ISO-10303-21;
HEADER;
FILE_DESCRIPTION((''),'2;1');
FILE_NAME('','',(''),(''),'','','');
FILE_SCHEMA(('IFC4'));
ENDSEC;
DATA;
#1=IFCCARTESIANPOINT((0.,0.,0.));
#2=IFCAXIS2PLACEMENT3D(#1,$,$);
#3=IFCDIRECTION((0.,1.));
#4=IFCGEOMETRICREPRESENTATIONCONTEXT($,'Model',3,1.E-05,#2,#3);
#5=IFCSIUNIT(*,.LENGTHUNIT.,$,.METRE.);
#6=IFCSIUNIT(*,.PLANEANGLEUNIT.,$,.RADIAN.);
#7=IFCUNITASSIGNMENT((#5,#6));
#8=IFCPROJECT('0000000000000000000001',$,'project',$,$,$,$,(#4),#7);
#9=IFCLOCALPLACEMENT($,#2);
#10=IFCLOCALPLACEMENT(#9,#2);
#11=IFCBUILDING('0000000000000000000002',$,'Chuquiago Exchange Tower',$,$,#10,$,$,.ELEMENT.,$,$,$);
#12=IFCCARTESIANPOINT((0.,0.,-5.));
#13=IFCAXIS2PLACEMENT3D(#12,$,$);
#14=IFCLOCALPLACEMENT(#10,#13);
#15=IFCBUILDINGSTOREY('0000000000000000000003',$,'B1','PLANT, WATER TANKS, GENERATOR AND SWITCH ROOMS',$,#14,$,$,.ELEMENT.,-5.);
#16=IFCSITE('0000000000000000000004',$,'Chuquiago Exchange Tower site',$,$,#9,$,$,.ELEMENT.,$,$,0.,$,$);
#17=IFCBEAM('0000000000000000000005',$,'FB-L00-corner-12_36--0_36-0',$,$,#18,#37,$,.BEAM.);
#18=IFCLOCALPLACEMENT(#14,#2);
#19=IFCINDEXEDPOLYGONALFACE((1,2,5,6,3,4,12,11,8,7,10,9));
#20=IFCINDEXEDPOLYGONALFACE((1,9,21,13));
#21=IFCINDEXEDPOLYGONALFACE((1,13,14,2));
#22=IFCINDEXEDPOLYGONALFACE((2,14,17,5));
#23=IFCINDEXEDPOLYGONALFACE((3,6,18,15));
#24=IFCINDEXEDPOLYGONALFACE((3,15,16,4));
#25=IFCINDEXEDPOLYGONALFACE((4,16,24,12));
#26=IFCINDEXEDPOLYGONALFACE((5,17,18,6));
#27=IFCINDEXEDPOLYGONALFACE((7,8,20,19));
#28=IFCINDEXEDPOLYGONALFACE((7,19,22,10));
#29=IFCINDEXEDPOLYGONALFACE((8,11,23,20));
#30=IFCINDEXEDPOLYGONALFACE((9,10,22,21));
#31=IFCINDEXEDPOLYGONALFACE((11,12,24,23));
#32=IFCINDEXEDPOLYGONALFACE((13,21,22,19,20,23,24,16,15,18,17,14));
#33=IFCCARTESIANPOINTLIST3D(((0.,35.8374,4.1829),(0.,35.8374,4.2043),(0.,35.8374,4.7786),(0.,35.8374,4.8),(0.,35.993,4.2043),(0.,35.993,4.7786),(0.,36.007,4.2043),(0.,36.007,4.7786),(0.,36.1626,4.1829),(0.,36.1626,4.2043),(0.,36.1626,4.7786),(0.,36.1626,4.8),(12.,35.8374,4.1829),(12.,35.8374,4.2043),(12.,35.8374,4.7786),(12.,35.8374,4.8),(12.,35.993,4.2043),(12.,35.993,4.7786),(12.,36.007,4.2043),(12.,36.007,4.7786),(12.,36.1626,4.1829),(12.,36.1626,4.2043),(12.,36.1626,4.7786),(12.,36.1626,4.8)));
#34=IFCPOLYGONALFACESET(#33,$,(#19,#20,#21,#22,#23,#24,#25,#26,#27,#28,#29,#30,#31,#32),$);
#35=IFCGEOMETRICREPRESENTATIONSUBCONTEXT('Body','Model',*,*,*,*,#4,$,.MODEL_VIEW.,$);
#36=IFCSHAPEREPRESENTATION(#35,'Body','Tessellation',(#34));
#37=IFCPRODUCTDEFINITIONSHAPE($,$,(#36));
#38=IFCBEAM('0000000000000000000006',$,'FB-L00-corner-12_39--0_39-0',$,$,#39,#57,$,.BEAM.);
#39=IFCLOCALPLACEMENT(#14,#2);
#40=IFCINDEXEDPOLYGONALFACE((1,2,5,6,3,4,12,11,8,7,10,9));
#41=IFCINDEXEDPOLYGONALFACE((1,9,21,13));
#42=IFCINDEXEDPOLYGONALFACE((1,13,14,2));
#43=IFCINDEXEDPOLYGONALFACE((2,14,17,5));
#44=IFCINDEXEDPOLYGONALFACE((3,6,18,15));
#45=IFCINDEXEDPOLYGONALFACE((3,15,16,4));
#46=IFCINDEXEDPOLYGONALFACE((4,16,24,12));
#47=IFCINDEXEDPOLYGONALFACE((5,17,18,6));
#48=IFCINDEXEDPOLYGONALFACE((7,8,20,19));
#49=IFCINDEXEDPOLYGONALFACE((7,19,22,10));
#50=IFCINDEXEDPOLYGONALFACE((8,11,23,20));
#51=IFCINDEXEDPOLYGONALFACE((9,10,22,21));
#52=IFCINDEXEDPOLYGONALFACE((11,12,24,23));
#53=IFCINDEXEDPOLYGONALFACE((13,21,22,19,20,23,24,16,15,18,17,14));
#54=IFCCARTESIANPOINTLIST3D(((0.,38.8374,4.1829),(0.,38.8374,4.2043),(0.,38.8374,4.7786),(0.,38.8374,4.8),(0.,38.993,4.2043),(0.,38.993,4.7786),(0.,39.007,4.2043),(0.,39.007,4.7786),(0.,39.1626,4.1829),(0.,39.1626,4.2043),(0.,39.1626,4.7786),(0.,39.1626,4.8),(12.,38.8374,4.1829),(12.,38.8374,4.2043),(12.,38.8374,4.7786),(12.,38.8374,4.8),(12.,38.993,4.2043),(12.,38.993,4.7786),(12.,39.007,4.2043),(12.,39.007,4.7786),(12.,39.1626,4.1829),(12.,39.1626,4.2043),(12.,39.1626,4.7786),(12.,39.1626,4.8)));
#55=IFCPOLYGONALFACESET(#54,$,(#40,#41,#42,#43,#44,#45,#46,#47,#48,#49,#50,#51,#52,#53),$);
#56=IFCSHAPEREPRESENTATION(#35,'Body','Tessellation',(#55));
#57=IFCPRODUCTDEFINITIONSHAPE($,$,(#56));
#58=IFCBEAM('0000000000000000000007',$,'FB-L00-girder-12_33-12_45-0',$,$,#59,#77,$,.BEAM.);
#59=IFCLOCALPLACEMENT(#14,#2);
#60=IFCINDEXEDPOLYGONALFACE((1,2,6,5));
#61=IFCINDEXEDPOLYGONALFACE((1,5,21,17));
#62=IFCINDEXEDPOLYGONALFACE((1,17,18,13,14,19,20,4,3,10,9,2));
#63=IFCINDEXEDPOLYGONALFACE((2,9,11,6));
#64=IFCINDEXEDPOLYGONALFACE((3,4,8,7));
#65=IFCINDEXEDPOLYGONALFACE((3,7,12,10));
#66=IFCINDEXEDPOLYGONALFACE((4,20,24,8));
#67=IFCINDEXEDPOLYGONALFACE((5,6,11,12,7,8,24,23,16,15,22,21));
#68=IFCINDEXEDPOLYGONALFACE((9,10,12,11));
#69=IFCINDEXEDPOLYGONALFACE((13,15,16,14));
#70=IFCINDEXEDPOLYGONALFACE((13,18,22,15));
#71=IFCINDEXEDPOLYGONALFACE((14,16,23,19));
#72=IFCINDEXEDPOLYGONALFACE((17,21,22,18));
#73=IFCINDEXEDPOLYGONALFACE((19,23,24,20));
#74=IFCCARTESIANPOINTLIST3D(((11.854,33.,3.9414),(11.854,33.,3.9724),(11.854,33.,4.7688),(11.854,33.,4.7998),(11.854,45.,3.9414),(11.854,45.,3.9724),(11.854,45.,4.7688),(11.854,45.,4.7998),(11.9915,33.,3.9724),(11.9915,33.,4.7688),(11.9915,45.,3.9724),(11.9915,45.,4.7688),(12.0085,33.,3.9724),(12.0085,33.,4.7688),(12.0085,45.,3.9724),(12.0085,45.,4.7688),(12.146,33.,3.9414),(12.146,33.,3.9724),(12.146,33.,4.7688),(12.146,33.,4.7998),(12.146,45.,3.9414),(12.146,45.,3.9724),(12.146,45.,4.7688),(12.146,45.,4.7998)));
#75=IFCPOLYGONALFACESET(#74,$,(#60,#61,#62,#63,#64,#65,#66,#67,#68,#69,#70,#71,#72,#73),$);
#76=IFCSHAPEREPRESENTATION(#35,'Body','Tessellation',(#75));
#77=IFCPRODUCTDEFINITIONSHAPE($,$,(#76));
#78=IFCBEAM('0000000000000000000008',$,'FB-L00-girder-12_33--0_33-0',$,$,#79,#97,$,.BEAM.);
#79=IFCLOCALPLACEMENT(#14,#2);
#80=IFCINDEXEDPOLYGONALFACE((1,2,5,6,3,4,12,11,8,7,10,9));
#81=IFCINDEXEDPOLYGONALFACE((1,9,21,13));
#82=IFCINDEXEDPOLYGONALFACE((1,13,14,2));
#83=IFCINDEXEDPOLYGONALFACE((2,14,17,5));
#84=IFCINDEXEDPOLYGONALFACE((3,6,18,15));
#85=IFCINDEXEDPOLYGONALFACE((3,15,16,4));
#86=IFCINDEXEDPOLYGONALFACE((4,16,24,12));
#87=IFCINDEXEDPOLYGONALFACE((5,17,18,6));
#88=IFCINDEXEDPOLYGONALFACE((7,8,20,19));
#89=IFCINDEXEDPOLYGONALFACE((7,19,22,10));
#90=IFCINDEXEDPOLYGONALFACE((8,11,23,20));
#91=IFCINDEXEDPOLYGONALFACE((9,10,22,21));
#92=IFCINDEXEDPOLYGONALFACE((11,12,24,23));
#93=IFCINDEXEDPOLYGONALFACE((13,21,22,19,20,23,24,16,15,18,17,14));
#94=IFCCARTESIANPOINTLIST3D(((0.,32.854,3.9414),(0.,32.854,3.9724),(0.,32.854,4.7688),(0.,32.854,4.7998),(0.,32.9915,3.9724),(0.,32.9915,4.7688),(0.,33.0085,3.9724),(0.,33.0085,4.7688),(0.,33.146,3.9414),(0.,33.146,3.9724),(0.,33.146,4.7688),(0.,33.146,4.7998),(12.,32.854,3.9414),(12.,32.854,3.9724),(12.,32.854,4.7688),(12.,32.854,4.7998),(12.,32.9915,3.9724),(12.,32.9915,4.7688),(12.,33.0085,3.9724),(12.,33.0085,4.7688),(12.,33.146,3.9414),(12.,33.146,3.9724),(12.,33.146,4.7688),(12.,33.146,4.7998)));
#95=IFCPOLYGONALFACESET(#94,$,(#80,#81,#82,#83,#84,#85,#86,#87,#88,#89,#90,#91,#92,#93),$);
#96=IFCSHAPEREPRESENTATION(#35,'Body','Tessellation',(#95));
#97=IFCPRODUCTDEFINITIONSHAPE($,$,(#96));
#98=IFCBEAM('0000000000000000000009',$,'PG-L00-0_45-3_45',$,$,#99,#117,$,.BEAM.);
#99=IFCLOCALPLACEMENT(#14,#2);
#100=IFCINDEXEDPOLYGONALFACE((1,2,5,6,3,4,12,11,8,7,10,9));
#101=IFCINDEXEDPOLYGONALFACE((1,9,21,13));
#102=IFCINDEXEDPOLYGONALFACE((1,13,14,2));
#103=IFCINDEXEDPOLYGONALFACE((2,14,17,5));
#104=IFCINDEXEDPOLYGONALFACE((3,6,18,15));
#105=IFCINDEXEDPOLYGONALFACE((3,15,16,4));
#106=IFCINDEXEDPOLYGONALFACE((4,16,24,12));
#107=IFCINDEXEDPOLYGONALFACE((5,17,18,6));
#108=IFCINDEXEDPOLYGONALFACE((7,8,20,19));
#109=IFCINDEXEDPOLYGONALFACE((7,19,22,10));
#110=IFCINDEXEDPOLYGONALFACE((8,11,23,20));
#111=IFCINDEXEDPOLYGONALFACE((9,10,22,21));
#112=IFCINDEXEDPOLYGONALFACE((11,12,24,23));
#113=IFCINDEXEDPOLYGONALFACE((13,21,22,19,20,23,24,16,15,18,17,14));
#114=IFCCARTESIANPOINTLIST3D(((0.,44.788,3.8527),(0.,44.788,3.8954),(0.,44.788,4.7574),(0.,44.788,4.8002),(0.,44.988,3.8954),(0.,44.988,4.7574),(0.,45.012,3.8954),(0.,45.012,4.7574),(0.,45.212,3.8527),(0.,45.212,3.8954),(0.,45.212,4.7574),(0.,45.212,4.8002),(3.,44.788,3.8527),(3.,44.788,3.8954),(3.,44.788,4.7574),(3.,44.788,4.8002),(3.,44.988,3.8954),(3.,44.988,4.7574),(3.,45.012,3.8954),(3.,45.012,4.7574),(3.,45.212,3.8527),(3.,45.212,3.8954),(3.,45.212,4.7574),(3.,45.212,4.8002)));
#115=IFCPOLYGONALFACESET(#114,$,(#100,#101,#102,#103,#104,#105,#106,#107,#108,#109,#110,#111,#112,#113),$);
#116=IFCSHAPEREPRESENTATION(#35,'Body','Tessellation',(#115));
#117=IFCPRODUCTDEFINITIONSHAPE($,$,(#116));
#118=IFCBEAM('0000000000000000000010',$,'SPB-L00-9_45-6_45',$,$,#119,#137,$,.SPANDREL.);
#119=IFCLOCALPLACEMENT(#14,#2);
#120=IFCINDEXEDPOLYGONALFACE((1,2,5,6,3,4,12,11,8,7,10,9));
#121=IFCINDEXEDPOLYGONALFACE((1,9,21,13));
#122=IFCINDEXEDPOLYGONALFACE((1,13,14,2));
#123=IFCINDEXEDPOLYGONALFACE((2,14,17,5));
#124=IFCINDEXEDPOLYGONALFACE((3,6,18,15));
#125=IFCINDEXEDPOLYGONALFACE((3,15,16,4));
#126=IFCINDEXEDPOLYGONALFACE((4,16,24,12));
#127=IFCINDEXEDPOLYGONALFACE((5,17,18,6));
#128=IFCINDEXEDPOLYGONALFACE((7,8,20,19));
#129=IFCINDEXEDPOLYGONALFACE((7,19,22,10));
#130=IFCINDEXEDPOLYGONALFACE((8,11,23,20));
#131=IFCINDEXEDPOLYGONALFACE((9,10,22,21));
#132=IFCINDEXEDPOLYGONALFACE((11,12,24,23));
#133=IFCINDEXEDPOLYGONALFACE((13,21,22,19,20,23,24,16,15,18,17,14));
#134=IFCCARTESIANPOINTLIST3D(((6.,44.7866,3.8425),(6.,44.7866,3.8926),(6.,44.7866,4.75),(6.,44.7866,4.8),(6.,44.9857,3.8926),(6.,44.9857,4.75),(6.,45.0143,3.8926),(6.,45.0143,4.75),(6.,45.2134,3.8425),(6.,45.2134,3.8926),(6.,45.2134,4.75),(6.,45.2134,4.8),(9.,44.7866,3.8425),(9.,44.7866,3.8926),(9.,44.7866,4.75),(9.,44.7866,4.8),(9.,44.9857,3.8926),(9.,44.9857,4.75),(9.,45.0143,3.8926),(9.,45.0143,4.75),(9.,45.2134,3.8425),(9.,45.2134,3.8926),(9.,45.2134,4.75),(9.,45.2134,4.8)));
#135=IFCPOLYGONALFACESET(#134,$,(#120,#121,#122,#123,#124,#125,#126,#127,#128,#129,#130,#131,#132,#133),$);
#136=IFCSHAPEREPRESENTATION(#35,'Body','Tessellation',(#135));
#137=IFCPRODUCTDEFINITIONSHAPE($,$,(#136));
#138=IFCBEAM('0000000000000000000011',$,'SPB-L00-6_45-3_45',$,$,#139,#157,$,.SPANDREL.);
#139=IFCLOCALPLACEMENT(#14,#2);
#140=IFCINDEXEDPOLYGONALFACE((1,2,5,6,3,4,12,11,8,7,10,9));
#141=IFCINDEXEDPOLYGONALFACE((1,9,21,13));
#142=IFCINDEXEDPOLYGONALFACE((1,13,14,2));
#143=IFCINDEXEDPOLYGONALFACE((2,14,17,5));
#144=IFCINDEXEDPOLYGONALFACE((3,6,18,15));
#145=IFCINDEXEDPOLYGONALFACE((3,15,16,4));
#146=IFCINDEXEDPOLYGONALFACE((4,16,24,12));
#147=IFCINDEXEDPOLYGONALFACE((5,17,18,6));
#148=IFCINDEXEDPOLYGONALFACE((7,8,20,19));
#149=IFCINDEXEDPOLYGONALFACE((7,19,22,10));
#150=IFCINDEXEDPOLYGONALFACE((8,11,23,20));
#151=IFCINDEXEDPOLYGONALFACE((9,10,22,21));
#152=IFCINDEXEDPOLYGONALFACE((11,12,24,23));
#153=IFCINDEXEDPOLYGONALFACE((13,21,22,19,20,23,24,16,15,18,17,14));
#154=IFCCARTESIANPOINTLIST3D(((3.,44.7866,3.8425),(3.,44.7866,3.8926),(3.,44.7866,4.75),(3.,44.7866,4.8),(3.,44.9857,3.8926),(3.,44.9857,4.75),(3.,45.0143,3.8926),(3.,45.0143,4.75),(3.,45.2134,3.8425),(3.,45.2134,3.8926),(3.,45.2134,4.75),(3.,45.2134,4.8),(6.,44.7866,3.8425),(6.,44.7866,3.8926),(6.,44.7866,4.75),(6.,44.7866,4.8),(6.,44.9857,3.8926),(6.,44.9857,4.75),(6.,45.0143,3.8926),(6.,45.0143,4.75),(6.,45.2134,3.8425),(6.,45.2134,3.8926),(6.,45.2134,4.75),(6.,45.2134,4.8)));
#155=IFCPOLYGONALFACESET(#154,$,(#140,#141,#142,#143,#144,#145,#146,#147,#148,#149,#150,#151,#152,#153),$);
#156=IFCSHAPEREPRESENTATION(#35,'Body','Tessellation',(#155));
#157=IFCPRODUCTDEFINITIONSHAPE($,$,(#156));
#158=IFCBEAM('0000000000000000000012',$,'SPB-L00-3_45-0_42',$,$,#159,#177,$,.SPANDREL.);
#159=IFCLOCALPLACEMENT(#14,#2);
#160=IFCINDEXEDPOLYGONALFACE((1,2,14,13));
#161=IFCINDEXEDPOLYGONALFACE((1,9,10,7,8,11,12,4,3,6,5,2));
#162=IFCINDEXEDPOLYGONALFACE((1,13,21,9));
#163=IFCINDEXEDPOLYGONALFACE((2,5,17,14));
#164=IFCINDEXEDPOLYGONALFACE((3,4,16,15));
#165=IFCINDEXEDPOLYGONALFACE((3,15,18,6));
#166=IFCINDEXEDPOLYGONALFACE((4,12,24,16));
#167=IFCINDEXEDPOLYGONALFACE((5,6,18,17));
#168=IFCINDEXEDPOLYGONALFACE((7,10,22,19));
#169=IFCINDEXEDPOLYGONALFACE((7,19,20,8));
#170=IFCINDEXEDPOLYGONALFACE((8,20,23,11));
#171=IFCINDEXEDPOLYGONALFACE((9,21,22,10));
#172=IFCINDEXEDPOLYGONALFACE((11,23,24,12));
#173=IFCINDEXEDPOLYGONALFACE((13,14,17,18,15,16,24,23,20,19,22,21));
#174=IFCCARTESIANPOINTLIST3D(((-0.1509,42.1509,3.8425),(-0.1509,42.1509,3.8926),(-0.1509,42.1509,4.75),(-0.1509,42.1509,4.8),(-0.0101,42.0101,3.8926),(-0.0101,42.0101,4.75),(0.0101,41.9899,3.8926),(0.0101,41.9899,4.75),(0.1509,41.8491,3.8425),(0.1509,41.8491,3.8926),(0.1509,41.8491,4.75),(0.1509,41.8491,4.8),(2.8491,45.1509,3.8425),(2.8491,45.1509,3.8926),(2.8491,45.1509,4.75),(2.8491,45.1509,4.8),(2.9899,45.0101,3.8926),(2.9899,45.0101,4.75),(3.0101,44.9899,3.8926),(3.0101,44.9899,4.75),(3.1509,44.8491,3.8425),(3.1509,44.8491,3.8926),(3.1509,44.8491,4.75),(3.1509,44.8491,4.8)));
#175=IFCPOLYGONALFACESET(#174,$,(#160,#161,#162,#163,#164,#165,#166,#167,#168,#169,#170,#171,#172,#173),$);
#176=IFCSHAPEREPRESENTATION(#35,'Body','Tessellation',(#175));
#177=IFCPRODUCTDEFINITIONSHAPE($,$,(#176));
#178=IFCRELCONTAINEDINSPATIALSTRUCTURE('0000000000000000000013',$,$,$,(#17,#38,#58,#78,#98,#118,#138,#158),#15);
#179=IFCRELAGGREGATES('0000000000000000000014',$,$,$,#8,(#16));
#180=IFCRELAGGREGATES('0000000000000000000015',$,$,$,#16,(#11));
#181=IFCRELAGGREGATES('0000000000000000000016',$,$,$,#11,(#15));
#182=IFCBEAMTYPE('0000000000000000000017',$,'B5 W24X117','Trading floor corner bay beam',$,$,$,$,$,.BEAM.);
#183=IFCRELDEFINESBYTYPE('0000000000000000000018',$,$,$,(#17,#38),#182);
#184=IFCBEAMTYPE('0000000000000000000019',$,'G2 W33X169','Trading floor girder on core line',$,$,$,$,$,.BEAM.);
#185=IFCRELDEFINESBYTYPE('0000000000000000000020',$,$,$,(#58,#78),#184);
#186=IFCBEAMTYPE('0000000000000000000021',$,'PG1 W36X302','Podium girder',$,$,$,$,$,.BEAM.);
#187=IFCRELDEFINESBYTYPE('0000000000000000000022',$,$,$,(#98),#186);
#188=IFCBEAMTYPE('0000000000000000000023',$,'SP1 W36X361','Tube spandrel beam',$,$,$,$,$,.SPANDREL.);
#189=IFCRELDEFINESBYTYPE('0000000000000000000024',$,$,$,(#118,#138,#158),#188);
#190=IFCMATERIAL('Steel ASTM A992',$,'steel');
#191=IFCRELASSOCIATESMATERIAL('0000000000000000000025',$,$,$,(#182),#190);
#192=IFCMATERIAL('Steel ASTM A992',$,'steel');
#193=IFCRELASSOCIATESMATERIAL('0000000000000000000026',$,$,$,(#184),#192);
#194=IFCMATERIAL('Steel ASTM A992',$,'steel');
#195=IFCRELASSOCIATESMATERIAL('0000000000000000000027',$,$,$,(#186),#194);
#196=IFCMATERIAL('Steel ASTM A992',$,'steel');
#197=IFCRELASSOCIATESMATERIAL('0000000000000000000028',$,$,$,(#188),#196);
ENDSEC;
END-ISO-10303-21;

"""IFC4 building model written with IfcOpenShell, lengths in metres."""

from ifc_helpers import new_model, si_unit, direction, frame, origin, origin_2d, place, context, subcontext, project, spatial, i_section, extrude, material, material_profile, profile_set, type_object, element, save


model = new_model("IFC4")

# Units and contexts
model_context = context("Model", 3, precision=1e-05, world=origin(), true_north=direction((0.0, 1.0)))
body_context = subcontext(model_context, "Body", "Model", "MODEL_VIEW")
ifc_project = project(units=[si_unit("LENGTHUNIT", "METRE"), si_unit("PLANEANGLEUNIT", "RADIAN")], contexts=[model_context])

# Site, building, storey
site_placement = place(None, origin())
site = spatial("IfcSite", under=ifc_project, at=site_placement, Name="Chuquiago Exchange Tower site", CompositionType="ELEMENT", RefElevation=0.0)
building_placement = place(site_placement, origin())
building = spatial("IfcBuilding", under=site, at=building_placement, Name="Chuquiago Exchange Tower", CompositionType="ELEMENT")
storey_placement = place(building_placement, frame((0.0, 0.0, -5.0)))
storey = spatial("IfcBuildingStorey", under=building, at=storey_placement, Name="B1", Description="PLANT, WATER TANKS, GENERATOR AND SWITCH ROOMS", CompositionType="ELEMENT", Elevation=-5.0)

# Beams
ifc_material_1 = material(Name="Steel ASTM A992", Category="steel")
ifc_material_profile_1 = material_profile(ifc_material_1, i_section(OverallWidth=0.3252, OverallDepth=0.6172, WebThickness=0.0139, FlangeThickness=0.0215, at=origin_2d()), Name="W24X117")
ifc_profile_set_1 = profile_set([ifc_material_profile_1], Name="Steel ASTM A992")
beam_type_1 = type_object("IfcBeamType", Name="B5 W24X117", Description="Trading floor corner bay beam", PredefinedType="BEAM", material=ifc_profile_set_1)
for number, where, z_axis, x_axis, name in (
    (1, (12.0, 36.0, 4.4915), (-1.0, 0.0, 0.0), (0.0, -1.0, 0.0), "FB-L00-corner-12_36--0_36-0"),
    (2, (12.0, 39.0, 4.4915), (-1.0, 0.0, 0.0), (0.0, -1.0, 0.0), "FB-L00-corner-12_39--0_39-0"),
):
    element("IfcBeam", number, at=place(storey_placement, frame(where, z_axis=z_axis, x_axis=x_axis)), inside=storey, type_object=beam_type_1, Name=name, PredefinedType="BEAM", context=body_context, shape_type="SweptSolid", body=[
        extrude(i_section(OverallWidth=0.3252, OverallDepth=0.6172, WebThickness=0.0139, FlangeThickness=0.0215, at=origin_2d()), origin(), (0.0, 0.0, 1.0), 12.0),
    ])
ifc_material_2 = material(Name="Steel ASTM A992", Category="steel")
ifc_material_profile_2 = material_profile(ifc_material_2, i_section(OverallWidth=0.292, OverallDepth=0.8584, WebThickness=0.0171, FlangeThickness=0.031, at=origin_2d()), Name="W33X169")
ifc_profile_set_2 = profile_set([ifc_material_profile_2], Name="Steel ASTM A992")
beam_type_2 = type_object("IfcBeamType", Name="G2 W33X169", Description="Trading floor girder on core line", PredefinedType="BEAM", material=ifc_profile_set_2)
for number, where, z_axis, x_axis, name in (
    (3, (12.0, 33.0, 4.3706), (0.0, 1.0, 0.0), (-1.0, 0.0, 0.0), "FB-L00-girder-12_33-12_45-0"),
    (4, (12.0, 33.0, 4.3706), (-1.0, 0.0, 0.0), (0.0, -1.0, 0.0), "FB-L00-girder-12_33--0_33-0"),
):
    element("IfcBeam", number, at=place(storey_placement, frame(where, z_axis=z_axis, x_axis=x_axis)), inside=storey, type_object=beam_type_2, Name=name, PredefinedType="BEAM", context=body_context, shape_type="SweptSolid", body=[
        extrude(i_section(OverallWidth=0.292, OverallDepth=0.8584, WebThickness=0.0171, FlangeThickness=0.031, at=origin_2d()), origin(), (0.0, 0.0, 1.0), 12.0),
    ])
ifc_material_3 = material(Name="Steel ASTM A992", Category="steel")
ifc_material_profile_3 = material_profile(ifc_material_3, i_section(OverallWidth=0.4241, OverallDepth=0.9475, WebThickness=0.0239, FlangeThickness=0.0427, at=origin_2d()), Name="W36X302")
ifc_profile_set_3 = profile_set([ifc_material_profile_3], Name="Steel ASTM A992")
beam_type_3 = type_object("IfcBeamType", Name="PG1 W36X302", Description="Podium girder", PredefinedType="BEAM", material=ifc_profile_set_3)
beam_1_placement = place(storey_placement, frame((0.0, 45.0, 4.3264), z_axis=(1.0, 0.0, 0.0), x_axis=(0.0, 1.0, 0.0)))
element("IfcBeam", 5, at=beam_1_placement, inside=storey, type_object=beam_type_3, Name="PG-L00-0_45-3_45", PredefinedType="BEAM", context=body_context, shape_type="SweptSolid", body=[
    extrude(i_section(OverallWidth=0.4241, OverallDepth=0.9475, WebThickness=0.0239, FlangeThickness=0.0427, at=origin_2d()), origin(), (0.0, 0.0, 1.0), 3.0),
])
ifc_material_4 = material(Name="Steel ASTM A992", Category="steel")
ifc_material_profile_4 = material_profile(ifc_material_4, i_section(OverallWidth=0.4268, OverallDepth=0.9575, WebThickness=0.0286, FlangeThickness=0.05, at=origin_2d()), Name="W36X361")
ifc_profile_set_4 = profile_set([ifc_material_profile_4], Name="Steel ASTM A992")
beam_type_4 = type_object("IfcBeamType", Name="SP1 W36X361", Description="Tube spandrel beam", PredefinedType="SPANDREL", material=ifc_profile_set_4)
for number, where, z_axis, x_axis, name in (
    (6, (9.0, 45.0, 4.3213), (-1.0, 0.0, 0.0), (0.0, -1.0, 0.0), "SPB-L00-9_45-6_45"),
    (7, (6.0, 45.0, 4.3213), (-1.0, 0.0, 0.0), (0.0, -1.0, 0.0), "SPB-L00-6_45-3_45"),
):
    element("IfcBeam", number, at=place(storey_placement, frame(where, z_axis=z_axis, x_axis=x_axis)), inside=storey, type_object=beam_type_4, Name=name, PredefinedType="SPANDREL", context=body_context, shape_type="SweptSolid", body=[
        extrude(i_section(OverallWidth=0.4268, OverallDepth=0.9575, WebThickness=0.0286, FlangeThickness=0.05, at=origin_2d()), origin(), (0.0, 0.0, 1.0), 3.0),
    ])
beam_2_placement = place(storey_placement, frame((3.0, 45.0, 4.3213), z_axis=(-0.707107, -0.707107, 0.0), x_axis=(0.707107, -0.707107, 0.0)))
element("IfcBeam", 8, at=beam_2_placement, inside=storey, type_object=beam_type_4, Name="SPB-L00-3_45-0_42", PredefinedType="SPANDREL", context=body_context, shape_type="SweptSolid", body=[
    extrude(i_section(OverallWidth=0.4268, OverallDepth=0.9575, WebThickness=0.0286, FlangeThickness=0.05, at=origin_2d()), origin(), (0.0, 0.0, 1.0), 4.2427),
])

save(model, "model.ifc")
